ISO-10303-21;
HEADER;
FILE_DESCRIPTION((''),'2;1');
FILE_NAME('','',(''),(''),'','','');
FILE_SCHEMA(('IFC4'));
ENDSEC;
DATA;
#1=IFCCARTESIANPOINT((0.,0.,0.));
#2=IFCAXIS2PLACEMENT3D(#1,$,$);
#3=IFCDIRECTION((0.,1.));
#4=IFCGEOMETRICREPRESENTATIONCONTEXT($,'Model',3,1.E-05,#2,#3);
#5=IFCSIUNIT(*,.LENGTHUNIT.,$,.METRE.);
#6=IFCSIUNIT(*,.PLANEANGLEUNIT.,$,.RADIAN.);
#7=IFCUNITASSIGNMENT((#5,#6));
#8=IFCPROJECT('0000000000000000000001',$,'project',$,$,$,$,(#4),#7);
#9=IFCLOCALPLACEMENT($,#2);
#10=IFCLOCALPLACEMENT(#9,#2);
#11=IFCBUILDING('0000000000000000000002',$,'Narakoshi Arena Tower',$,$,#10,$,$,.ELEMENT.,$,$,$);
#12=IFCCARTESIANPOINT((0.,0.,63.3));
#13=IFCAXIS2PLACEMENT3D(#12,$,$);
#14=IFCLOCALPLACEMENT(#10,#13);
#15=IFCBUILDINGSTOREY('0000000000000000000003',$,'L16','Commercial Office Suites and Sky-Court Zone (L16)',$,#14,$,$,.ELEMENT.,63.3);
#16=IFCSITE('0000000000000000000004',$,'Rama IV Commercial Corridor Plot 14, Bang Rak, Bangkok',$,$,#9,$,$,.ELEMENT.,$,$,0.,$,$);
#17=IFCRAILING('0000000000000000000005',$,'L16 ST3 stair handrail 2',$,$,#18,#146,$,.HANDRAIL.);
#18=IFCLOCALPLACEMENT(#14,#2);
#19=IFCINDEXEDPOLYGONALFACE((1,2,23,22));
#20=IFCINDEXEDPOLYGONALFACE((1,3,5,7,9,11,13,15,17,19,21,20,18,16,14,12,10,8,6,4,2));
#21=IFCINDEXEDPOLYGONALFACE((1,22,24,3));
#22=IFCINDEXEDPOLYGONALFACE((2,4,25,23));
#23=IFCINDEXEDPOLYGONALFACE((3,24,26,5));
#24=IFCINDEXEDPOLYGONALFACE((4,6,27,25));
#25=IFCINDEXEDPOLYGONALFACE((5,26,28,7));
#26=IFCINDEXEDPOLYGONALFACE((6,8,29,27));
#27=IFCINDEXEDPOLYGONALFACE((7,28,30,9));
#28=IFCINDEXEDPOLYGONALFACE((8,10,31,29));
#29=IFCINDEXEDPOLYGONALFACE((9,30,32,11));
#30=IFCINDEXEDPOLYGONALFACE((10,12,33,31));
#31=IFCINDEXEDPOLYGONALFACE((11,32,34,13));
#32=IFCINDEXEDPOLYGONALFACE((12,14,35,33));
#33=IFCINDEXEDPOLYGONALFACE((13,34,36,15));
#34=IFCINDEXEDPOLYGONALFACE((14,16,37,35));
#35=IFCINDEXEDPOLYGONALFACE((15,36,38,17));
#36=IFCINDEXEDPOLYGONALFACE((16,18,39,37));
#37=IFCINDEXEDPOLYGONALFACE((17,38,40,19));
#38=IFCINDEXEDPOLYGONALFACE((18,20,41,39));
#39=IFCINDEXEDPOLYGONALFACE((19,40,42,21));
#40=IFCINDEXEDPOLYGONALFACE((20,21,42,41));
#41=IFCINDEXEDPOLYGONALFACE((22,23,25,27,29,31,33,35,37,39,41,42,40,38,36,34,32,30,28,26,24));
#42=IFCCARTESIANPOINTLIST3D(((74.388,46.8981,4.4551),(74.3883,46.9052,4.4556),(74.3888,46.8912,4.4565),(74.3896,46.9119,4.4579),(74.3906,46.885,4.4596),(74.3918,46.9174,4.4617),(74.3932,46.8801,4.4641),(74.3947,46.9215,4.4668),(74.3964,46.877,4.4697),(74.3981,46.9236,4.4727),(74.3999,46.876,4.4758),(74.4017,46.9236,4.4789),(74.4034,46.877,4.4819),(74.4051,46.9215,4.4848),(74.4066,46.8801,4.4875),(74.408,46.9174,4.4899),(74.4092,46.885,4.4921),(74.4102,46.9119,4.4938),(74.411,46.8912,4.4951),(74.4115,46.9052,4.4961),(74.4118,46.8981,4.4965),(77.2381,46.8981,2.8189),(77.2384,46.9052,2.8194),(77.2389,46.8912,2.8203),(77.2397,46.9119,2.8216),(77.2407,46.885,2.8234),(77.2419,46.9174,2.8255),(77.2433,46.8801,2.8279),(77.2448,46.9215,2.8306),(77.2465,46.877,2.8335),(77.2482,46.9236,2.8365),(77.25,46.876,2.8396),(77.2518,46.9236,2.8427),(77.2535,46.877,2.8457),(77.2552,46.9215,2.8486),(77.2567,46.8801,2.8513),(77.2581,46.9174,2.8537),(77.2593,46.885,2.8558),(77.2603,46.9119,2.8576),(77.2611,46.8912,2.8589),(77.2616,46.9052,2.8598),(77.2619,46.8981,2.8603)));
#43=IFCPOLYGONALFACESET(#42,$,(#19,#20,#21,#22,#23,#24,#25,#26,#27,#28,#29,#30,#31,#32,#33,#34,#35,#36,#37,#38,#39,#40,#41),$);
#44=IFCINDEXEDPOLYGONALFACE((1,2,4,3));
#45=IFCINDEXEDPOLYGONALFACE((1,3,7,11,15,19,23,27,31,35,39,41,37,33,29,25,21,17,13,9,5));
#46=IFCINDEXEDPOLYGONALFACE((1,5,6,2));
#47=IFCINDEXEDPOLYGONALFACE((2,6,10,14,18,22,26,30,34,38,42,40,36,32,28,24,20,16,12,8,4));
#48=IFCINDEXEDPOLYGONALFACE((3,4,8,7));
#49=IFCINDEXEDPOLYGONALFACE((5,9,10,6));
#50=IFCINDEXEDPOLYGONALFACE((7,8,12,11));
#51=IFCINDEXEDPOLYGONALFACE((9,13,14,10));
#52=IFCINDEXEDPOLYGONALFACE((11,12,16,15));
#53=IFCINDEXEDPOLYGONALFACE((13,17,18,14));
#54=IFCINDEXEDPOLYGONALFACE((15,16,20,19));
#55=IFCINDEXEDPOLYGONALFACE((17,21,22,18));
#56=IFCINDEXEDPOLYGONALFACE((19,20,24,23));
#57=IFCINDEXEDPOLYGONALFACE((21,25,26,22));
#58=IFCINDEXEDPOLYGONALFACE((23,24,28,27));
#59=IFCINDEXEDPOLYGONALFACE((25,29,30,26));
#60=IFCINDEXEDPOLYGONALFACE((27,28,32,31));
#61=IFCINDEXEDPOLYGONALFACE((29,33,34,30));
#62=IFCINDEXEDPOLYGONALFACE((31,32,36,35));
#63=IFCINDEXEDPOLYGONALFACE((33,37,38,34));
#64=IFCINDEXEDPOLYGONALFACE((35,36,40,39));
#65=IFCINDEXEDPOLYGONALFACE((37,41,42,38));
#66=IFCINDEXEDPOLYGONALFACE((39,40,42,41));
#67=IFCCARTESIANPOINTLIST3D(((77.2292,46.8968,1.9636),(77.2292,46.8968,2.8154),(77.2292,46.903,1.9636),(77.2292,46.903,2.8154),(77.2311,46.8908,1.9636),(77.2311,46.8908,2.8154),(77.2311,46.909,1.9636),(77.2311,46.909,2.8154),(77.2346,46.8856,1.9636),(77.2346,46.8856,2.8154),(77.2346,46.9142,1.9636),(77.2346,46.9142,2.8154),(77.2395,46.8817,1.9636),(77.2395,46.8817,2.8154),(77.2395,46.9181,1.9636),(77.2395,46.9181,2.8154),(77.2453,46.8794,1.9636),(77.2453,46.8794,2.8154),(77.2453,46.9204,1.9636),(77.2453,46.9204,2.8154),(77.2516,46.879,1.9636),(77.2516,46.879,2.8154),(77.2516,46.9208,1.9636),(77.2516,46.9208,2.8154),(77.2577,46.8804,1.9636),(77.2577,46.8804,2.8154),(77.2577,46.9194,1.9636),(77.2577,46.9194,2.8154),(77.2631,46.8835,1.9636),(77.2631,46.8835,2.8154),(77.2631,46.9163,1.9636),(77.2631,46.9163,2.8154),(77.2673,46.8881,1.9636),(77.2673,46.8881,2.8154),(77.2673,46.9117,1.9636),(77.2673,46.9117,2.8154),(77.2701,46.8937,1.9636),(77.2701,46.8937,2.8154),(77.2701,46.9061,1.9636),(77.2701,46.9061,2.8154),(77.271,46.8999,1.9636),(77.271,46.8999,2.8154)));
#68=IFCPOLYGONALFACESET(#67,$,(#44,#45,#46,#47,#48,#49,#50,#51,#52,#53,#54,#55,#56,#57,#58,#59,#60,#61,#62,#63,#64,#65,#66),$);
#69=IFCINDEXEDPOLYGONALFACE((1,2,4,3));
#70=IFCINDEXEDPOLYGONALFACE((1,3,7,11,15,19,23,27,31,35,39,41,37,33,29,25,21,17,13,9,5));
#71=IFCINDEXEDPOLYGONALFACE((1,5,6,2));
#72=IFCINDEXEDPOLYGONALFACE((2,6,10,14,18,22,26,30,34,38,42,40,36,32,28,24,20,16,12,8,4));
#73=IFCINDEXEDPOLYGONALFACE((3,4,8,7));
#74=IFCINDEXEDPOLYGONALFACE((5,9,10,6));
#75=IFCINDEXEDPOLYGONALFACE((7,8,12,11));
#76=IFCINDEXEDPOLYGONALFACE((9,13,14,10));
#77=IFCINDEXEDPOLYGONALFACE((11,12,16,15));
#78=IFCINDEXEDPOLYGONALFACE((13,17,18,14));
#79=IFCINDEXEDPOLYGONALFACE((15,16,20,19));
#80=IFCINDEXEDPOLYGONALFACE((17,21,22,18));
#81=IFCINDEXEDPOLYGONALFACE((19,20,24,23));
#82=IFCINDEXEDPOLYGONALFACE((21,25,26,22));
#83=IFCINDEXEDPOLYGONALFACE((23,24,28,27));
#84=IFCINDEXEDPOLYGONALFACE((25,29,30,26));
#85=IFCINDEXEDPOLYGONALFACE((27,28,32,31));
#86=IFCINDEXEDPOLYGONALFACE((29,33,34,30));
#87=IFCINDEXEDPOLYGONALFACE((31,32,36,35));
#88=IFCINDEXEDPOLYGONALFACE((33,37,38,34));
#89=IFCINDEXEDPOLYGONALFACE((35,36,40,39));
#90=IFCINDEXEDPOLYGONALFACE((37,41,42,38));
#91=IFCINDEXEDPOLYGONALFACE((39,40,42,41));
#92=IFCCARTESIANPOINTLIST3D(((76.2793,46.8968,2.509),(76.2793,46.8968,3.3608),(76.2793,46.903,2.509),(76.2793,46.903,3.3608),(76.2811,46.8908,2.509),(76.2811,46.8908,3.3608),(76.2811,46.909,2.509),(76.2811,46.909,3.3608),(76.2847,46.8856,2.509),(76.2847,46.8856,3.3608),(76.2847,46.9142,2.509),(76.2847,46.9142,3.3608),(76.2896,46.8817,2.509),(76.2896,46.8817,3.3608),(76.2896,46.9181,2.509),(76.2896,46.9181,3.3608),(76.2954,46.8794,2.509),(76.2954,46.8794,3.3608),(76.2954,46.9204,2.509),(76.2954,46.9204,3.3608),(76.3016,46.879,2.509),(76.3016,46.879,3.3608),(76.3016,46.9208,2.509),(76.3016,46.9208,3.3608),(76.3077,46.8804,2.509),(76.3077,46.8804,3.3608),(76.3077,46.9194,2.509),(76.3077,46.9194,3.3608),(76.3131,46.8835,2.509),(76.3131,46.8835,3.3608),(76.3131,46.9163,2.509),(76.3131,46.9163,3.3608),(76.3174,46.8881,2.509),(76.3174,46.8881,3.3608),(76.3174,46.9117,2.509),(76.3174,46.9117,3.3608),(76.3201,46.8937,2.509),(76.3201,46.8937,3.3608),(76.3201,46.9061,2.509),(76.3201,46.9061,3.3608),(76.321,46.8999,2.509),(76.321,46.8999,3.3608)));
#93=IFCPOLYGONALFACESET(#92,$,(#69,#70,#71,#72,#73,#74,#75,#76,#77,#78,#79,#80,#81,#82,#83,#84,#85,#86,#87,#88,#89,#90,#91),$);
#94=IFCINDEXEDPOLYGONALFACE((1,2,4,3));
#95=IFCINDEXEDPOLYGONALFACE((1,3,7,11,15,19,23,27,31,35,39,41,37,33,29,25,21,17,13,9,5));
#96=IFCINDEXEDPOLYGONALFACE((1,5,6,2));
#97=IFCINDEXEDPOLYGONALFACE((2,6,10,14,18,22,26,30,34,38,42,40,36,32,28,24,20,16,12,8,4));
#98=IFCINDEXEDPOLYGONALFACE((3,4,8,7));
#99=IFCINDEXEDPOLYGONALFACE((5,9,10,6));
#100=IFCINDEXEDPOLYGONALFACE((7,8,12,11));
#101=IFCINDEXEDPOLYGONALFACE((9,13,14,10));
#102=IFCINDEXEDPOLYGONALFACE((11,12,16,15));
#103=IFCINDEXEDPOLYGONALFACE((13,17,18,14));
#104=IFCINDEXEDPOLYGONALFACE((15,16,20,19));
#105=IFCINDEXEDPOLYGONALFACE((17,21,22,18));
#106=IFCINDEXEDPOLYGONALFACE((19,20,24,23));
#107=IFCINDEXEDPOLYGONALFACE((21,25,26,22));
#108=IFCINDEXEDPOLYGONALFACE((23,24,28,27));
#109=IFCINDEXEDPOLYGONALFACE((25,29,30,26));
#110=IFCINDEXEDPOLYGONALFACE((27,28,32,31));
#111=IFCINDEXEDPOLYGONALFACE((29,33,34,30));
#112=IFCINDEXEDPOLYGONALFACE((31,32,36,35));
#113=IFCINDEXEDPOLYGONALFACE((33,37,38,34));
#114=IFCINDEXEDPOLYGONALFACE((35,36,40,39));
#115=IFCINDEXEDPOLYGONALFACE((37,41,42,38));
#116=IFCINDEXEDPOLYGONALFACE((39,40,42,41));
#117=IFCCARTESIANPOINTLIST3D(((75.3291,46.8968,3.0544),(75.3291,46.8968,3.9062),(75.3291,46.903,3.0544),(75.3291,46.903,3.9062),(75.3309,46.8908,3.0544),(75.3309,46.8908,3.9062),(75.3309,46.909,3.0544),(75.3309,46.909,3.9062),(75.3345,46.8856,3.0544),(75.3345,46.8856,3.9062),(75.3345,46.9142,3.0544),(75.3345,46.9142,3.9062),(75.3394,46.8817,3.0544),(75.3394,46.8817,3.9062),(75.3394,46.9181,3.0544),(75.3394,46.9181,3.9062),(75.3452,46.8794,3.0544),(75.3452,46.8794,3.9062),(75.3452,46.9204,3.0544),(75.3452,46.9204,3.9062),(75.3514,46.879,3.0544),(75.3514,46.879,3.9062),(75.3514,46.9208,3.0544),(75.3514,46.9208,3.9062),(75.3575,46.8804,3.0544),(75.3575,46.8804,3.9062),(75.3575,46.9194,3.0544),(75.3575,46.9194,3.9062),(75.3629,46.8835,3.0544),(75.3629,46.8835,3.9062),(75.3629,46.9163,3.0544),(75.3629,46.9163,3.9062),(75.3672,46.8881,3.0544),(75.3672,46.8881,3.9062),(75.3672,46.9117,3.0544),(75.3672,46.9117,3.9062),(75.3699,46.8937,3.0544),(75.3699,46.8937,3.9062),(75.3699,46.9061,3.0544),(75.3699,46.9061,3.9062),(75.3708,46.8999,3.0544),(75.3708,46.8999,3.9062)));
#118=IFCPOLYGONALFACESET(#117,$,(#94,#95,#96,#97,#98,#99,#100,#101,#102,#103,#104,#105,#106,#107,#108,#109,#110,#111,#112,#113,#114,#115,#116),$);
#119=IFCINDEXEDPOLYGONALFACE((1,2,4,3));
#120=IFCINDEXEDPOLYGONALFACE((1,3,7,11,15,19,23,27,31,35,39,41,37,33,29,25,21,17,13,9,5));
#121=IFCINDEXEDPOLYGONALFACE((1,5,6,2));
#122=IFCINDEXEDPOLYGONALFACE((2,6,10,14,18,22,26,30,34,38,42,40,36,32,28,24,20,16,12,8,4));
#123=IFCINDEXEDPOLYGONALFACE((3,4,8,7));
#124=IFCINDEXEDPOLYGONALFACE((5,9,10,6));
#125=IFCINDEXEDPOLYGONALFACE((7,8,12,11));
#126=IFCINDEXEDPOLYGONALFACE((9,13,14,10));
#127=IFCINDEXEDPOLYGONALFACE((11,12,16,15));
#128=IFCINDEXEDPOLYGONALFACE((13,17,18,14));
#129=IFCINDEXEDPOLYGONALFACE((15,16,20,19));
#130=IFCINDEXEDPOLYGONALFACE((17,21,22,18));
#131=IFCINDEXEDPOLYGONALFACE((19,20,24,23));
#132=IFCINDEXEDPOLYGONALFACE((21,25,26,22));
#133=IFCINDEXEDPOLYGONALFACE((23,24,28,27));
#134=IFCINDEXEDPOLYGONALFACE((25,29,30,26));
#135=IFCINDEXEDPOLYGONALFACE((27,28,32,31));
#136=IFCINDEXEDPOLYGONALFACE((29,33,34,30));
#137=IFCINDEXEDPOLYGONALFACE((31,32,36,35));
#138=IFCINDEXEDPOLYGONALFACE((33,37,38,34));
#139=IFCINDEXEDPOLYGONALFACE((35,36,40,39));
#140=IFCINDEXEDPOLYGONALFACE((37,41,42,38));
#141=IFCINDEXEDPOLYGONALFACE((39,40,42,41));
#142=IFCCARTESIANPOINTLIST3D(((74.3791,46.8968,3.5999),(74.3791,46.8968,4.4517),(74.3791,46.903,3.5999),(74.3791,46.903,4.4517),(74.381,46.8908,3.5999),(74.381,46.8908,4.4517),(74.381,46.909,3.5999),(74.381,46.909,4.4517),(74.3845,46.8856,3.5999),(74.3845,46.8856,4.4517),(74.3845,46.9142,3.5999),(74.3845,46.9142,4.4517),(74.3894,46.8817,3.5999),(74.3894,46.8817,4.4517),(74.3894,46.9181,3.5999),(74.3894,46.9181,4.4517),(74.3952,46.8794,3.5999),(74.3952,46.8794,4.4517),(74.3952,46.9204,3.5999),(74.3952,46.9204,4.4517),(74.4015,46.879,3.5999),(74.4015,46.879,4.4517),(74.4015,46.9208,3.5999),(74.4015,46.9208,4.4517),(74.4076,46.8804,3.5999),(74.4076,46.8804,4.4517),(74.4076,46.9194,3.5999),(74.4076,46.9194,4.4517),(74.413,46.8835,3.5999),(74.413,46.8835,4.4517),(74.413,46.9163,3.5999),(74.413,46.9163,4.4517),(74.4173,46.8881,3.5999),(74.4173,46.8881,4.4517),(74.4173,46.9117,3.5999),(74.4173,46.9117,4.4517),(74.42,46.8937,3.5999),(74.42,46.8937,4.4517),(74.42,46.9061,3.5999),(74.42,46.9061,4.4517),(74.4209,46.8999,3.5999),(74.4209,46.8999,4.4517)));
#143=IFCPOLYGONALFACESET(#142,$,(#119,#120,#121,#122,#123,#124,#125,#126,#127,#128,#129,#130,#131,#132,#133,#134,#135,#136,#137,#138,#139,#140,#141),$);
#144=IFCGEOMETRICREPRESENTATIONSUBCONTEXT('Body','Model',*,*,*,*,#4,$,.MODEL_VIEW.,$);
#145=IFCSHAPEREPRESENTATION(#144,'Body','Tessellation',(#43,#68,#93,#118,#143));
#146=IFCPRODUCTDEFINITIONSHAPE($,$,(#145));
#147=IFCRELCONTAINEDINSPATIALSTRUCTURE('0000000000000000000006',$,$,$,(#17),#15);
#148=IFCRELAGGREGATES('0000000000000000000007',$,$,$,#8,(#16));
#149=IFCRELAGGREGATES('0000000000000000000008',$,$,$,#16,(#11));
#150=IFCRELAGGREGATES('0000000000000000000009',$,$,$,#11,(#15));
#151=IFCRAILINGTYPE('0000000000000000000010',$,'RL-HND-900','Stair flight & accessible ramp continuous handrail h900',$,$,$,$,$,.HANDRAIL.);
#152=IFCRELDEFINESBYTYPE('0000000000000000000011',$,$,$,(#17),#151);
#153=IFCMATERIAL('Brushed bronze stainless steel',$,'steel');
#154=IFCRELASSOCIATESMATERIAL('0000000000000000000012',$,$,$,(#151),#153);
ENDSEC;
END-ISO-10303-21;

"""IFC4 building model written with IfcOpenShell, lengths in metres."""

from ifc_helpers import new_model, si_unit, direction, frame, origin, origin_2d, place, context, subcontext, project, spatial, circle, extrude, material, type_object, element, save


model = new_model("IFC4")

# Units and contexts
model_context = context("Model", 3, precision=1e-05, world=origin(), true_north=direction((0.0, 1.0)))
body_context = subcontext(model_context, "Body", "Model", "MODEL_VIEW")
ifc_project = project(units=[si_unit("LENGTHUNIT", "METRE"), si_unit("PLANEANGLEUNIT", "RADIAN")], contexts=[model_context])

# Site, building, storey
site_placement = place(None, origin())
site = spatial("IfcSite", under=ifc_project, at=site_placement, Name="Rama IV Commercial Corridor Plot 14, Bang Rak, Bangkok", CompositionType="ELEMENT", RefElevation=0.0)
building_placement = place(site_placement, origin())
building = spatial("IfcBuilding", under=site, at=building_placement, Name="Narakoshi Arena Tower", CompositionType="ELEMENT")
storey_placement = place(building_placement, frame((0.0, 0.0, 63.3)))
storey = spatial("IfcBuildingStorey", under=building, at=storey_placement, Name="L16", Description="Commercial Office Suites and Sky-Court Zone (L16)", CompositionType="ELEMENT", Elevation=63.3)

# Shared definitions
ifc_material_1 = material(Name="Brushed bronze stainless steel", Category="steel")

# Railing
railing_type_1 = type_object("IfcRailingType", Name="RL-HND-900", Description="Stair flight & accessible ramp continuous handrail h900", PredefinedType="HANDRAIL", material=ifc_material_1)
railing_1_placement = place(storey_placement, frame((77.25, 46.8999, 1.9636)))
element("IfcRailing", 1, at=railing_1_placement, inside=storey, type_object=railing_type_1, Name="L16 ST3 stair handrail 2", PredefinedType="HANDRAIL", context=body_context, shape_type="SweptSolid", body=[
    extrude(circle(Radius=0.0239, at=origin_2d()), frame((0.0, 0.0, 0.876), z_axis=(-0.867245, 0.0, 0.497882), x_axis=(0.0, -1.0, 0.0)), (0.0, 0.0, 1.0), 3.2864),
    extrude(circle(Radius=0.021, at=origin_2d()), origin(), (0.0, 0.0, 1.0), 0.8518),
    extrude(circle(Radius=0.021, at=origin_2d()), frame((-0.95, 0.0, 0.5454)), (0.0, 0.0, 1.0), 0.8518),
    extrude(circle(Radius=0.021, at=origin_2d()), frame((-1.9001, 0.0, 1.0908)), (0.0, 0.0, 1.0), 0.8518),
    extrude(circle(Radius=0.021, at=origin_2d()), frame((-2.8501, 0.0, 1.6362)), (0.0, 0.0, 1.0), 0.8518),
])

save(model, "model.ifc")
